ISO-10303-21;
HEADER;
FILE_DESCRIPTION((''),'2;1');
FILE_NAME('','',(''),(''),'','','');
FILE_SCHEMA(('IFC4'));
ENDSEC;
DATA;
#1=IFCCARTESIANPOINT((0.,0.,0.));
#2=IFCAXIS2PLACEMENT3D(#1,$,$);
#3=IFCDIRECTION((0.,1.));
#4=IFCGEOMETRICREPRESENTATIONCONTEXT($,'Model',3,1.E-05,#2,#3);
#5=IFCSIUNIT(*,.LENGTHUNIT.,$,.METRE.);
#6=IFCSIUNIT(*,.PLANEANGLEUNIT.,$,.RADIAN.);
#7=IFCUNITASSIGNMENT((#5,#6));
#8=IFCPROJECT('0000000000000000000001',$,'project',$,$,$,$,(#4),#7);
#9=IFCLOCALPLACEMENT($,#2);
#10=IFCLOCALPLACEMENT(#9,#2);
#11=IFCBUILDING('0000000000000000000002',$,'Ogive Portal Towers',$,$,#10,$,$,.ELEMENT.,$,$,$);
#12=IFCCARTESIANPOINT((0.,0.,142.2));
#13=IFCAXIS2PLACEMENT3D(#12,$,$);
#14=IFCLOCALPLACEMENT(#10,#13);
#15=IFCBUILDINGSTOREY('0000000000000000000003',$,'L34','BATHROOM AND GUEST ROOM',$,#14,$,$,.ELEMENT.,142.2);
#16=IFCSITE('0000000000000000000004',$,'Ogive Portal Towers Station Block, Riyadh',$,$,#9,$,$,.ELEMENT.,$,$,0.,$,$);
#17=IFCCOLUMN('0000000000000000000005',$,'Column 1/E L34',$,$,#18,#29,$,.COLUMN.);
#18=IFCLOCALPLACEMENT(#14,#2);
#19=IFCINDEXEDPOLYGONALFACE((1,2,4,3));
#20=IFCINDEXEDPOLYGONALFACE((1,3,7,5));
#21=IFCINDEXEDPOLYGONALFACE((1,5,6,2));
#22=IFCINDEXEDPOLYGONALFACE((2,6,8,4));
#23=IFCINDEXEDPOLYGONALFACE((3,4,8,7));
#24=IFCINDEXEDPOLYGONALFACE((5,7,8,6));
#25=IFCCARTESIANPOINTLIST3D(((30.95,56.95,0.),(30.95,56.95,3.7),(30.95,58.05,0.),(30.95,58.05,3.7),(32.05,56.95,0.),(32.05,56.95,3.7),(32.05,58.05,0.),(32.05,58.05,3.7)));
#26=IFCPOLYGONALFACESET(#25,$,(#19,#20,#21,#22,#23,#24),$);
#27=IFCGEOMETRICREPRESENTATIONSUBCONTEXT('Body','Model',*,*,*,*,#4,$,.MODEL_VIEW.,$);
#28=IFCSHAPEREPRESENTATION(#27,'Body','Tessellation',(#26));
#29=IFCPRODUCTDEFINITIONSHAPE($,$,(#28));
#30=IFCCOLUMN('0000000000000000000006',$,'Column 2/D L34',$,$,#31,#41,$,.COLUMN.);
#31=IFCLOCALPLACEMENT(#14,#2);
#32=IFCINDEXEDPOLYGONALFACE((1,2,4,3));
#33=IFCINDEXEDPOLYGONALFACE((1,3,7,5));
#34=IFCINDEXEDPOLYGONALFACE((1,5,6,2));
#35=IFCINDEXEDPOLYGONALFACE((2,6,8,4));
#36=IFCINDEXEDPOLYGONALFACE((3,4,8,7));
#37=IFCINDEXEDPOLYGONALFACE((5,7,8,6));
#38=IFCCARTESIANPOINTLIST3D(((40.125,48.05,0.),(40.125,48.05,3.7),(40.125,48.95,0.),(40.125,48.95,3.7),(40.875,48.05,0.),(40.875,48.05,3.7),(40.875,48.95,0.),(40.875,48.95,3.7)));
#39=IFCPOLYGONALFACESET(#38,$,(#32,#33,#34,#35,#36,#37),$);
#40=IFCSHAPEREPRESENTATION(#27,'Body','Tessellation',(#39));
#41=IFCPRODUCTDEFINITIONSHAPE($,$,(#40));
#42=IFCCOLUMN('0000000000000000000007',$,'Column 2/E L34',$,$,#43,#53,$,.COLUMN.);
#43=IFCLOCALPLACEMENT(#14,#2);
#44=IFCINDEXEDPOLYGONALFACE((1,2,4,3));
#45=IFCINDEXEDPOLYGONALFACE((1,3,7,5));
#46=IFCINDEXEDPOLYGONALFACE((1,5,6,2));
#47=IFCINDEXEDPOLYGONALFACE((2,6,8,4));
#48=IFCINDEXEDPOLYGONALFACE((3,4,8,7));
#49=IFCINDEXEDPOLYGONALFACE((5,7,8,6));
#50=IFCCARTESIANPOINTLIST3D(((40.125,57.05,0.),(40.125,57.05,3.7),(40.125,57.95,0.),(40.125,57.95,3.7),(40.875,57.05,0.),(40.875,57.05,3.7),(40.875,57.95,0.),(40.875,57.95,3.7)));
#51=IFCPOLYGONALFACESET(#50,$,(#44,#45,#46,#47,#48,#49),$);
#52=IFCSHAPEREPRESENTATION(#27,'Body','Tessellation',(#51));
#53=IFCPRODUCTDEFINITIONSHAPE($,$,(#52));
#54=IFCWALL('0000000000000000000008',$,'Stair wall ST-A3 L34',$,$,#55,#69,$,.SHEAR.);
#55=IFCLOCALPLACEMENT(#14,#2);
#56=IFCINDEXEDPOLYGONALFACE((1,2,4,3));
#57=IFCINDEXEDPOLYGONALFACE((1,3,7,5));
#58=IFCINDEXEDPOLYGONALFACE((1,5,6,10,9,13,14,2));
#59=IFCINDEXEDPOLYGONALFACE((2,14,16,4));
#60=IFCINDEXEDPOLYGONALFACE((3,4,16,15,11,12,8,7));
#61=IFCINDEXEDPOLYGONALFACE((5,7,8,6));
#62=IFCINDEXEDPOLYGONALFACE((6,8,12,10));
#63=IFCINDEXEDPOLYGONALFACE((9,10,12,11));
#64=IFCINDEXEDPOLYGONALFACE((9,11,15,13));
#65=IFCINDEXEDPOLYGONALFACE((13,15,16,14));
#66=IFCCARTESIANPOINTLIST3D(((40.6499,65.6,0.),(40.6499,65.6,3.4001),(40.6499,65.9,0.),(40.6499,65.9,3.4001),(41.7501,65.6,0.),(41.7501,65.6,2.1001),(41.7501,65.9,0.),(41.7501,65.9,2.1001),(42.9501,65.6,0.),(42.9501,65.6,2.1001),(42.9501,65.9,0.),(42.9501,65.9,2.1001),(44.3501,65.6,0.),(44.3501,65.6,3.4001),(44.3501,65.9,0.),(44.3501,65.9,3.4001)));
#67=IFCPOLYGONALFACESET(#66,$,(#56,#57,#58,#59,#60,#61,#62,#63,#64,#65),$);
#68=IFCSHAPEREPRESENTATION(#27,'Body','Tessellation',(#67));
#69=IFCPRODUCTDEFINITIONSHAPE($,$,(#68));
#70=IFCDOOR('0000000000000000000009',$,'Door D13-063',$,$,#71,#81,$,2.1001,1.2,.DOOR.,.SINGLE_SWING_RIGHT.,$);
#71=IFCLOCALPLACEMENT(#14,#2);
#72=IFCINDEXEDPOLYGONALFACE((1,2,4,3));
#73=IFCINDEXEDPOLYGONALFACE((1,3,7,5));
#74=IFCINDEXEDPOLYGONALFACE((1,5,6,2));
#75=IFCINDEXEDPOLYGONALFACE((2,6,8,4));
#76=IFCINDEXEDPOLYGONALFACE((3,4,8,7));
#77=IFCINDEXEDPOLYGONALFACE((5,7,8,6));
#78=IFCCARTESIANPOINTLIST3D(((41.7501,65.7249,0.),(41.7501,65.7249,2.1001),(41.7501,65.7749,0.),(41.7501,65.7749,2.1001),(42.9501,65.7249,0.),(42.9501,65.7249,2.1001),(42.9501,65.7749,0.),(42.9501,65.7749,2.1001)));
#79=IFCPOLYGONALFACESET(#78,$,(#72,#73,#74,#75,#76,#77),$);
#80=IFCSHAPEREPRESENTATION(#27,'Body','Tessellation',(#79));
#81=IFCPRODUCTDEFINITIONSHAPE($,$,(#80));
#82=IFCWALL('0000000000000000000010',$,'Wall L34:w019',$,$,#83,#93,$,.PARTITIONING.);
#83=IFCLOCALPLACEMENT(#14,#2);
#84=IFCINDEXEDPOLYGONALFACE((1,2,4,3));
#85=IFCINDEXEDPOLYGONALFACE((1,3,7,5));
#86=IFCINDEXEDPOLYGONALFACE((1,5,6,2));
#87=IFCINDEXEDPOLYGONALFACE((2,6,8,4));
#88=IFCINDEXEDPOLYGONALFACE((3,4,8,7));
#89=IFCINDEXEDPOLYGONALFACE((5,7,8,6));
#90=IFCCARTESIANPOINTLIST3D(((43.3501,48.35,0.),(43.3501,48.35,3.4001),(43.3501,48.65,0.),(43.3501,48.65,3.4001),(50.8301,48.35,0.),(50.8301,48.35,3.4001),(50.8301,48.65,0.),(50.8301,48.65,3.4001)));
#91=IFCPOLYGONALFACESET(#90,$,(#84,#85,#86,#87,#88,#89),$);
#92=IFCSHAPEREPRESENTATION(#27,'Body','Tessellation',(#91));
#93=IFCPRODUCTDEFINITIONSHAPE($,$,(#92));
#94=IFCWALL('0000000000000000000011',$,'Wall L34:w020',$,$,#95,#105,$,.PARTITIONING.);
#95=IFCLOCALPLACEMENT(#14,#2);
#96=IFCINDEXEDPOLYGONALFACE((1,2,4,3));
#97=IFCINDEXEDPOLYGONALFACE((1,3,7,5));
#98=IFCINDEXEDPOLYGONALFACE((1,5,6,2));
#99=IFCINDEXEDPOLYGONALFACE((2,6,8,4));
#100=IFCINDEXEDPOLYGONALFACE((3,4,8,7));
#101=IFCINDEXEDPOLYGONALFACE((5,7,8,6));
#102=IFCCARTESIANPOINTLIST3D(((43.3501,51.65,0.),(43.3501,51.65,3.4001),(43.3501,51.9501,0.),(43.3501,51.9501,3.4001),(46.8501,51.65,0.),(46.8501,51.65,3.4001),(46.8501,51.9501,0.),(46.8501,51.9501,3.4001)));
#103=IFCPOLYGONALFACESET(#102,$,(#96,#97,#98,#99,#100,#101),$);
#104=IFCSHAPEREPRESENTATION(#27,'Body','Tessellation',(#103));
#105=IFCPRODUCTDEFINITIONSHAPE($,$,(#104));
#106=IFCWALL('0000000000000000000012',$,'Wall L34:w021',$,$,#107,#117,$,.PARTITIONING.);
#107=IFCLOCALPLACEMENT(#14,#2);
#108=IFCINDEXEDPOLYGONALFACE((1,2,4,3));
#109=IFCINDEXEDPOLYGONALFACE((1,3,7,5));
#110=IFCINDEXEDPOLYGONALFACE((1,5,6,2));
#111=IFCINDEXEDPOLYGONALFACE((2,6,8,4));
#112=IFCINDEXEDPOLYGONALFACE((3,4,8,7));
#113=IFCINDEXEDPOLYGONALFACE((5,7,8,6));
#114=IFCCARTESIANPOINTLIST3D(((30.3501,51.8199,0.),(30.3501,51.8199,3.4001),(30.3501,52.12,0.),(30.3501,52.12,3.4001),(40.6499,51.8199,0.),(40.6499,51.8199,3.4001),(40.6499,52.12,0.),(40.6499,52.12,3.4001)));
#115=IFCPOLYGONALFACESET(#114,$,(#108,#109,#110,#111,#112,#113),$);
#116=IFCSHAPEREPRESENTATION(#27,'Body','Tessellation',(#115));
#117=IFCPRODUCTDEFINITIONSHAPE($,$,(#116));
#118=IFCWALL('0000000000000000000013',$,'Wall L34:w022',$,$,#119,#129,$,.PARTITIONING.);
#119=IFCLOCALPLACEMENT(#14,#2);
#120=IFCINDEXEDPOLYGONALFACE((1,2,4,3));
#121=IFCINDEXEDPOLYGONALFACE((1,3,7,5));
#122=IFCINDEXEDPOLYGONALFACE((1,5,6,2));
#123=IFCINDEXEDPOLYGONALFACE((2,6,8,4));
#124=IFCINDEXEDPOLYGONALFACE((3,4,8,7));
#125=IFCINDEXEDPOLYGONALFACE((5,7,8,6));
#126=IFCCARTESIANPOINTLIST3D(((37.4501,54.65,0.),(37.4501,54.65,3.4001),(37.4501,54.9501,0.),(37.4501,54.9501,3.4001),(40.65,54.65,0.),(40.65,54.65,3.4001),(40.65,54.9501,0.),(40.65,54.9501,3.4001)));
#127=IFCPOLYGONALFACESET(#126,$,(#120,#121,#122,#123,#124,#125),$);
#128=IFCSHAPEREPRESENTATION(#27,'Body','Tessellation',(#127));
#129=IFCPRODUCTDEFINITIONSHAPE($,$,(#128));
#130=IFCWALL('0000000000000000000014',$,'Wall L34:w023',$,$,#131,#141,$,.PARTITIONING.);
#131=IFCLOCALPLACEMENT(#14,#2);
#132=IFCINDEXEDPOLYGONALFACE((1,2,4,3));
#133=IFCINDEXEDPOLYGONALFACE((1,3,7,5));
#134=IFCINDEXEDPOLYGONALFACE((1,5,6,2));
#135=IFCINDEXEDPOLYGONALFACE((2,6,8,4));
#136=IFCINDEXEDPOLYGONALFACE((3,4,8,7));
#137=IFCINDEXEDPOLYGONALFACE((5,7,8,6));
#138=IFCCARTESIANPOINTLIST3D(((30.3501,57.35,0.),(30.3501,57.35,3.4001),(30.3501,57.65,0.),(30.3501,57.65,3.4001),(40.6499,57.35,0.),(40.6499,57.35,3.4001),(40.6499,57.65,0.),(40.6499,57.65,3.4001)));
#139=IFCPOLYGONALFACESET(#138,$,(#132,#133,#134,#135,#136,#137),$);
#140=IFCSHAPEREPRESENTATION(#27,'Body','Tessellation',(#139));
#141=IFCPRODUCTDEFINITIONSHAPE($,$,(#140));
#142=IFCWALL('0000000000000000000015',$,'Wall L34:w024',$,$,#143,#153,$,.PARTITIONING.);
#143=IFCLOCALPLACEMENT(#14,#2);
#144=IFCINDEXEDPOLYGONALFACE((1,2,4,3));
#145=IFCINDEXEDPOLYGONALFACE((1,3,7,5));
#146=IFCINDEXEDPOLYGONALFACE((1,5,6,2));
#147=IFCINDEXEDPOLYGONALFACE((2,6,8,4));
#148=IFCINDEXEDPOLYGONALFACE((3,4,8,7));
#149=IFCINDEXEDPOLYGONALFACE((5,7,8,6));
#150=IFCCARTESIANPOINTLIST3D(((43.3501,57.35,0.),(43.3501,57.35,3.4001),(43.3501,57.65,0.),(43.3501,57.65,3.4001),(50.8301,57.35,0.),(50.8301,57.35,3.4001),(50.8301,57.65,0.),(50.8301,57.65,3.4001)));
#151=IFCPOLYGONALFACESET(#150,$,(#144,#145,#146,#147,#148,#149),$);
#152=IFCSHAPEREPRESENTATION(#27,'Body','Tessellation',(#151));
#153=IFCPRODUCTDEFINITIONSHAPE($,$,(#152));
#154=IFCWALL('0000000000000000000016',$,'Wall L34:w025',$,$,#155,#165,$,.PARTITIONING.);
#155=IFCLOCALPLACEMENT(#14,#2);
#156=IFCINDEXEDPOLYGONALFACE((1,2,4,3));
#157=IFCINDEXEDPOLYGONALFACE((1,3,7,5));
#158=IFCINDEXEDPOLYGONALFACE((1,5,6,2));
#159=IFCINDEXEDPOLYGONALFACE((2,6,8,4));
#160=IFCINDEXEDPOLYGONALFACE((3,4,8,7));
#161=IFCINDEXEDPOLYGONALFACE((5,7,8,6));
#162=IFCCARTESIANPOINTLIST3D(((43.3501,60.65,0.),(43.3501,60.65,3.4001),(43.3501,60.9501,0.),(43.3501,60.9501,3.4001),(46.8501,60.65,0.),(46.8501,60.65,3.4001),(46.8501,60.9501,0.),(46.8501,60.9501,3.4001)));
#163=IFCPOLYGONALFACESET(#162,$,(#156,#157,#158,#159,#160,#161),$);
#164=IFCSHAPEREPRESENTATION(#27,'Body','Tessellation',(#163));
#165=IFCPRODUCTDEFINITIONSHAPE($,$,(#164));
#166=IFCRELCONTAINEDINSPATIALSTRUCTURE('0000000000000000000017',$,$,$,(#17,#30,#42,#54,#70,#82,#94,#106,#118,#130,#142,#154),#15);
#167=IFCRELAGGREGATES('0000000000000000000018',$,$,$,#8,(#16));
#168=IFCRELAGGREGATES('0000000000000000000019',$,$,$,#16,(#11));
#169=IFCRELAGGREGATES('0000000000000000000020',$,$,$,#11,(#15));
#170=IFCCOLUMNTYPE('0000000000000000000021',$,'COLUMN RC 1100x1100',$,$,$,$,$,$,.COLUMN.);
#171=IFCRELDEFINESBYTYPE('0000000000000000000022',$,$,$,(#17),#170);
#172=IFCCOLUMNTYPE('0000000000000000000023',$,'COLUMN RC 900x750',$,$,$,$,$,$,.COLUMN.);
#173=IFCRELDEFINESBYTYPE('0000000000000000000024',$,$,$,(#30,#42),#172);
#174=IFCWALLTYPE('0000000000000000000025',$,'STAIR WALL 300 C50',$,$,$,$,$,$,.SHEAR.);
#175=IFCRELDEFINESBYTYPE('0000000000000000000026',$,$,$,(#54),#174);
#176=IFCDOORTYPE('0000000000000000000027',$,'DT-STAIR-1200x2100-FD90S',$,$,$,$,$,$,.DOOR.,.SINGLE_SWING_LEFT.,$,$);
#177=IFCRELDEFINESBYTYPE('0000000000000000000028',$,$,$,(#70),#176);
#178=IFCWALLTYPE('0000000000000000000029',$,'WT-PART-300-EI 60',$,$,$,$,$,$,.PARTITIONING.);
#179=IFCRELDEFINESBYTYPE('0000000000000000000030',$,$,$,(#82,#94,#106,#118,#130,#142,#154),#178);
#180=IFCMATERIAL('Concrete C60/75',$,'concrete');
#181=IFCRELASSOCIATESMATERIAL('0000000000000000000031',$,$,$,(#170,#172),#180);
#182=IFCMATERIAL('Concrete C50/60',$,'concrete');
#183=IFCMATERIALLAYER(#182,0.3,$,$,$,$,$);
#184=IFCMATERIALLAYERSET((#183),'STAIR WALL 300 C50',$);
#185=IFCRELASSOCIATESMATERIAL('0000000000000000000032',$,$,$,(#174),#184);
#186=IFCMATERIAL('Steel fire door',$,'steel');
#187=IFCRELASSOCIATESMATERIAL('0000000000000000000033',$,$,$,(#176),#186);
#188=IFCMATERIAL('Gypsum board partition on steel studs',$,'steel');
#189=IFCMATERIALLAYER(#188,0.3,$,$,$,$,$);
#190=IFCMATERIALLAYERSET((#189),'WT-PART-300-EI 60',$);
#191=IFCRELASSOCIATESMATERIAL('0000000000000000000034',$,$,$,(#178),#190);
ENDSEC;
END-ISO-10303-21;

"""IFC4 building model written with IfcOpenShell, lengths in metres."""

from ifc_helpers import new_model, si_unit, direction, frame, frame_2d, origin, origin_2d, place, context, subcontext, project, spatial, rectangle, extrude, material, layer, layer_set, material_profile, profile_set, type_object, element, fill, save


model = new_model("IFC4")

# Units and contexts
model_context = context("Model", 3, precision=1e-05, world=origin(), true_north=direction((0.0, 1.0)))
body_context = subcontext(model_context, "Body", "Model", "MODEL_VIEW")
ifc_project = project(units=[si_unit("LENGTHUNIT", "METRE"), si_unit("PLANEANGLEUNIT", "RADIAN")], contexts=[model_context])

# Site, building, storey
site_placement = place(None, origin())
site = spatial("IfcSite", under=ifc_project, at=site_placement, Name="Ogive Portal Towers Station Block, Riyadh", CompositionType="ELEMENT", RefElevation=0.0)
building_placement = place(site_placement, origin())
building = spatial("IfcBuilding", under=site, at=building_placement, Name="Ogive Portal Towers", CompositionType="ELEMENT")
storey_placement = place(building_placement, frame((0.0, 0.0, 142.2)))
storey = spatial("IfcBuildingStorey", under=building, at=storey_placement, Name="L34", Description="BATHROOM AND GUEST ROOM", CompositionType="ELEMENT", Elevation=142.2)

# Columns
ifc_material_1 = material(Name="Concrete C60/75", Category="concrete")
ifc_material_profile_1 = material_profile(ifc_material_1, rectangle(XDim=1.1001, YDim=1.1001, at=origin_2d()), Name="RC 1100x1100")
ifc_profile_set_1 = profile_set([ifc_material_profile_1], Name="Concrete C60/75")
column_type_1 = type_object("IfcColumnType", Name="COLUMN RC 1100x1100", PredefinedType="COLUMN", material=ifc_profile_set_1)
column_placement = place(storey_placement, frame((31.5, 57.5, 0.0), z_axis=(0.0, 0.0, 1.0), x_axis=(1.0, 0.0, 0.0)))
element("IfcColumn", 1, at=column_placement, inside=storey, type_object=column_type_1, Name="Column 1/E L34", PredefinedType="COLUMN", context=body_context, shape_type="SweptSolid", body=[
    extrude(rectangle(XDim=1.1001, YDim=1.1001, at=origin_2d()), origin(), (0.0, 0.0, 1.0), 3.7),
])
ifc_material_profile_2 = material_profile(ifc_material_1, rectangle(XDim=0.8999, YDim=0.75, at=origin_2d()), Name="RC 900x750")
ifc_profile_set_2 = profile_set([ifc_material_profile_2], Name="Concrete C60/75")
column_type_2 = type_object("IfcColumnType", Name="COLUMN RC 900x750", PredefinedType="COLUMN", material=ifc_profile_set_2)
for number, where, z_axis, x_axis, name in (
    (2, (40.5, 48.5, 0.0), (0.0, 0.0, 1.0), (0.0, 1.0, 0.0), "Column 2/D L34"),
    (3, (40.5, 57.5, 0.0), (0.0, 0.0, 1.0), (0.0, 1.0, 0.0), "Column 2/E L34"),
):
    element("IfcColumn", number, at=place(storey_placement, frame(where, z_axis=z_axis, x_axis=x_axis)), inside=storey, type_object=column_type_2, Name=name, PredefinedType="COLUMN", context=body_context, shape_type="SweptSolid", body=[
        extrude(rectangle(XDim=0.8999, YDim=0.75, at=origin_2d()), origin(), (0.0, 0.0, 1.0), 3.7),
    ])

# Wall, opening, door
ifc_material_2 = material(Name="Concrete C50/60", Category="concrete")
ifc_layer_1 = layer(ifc_material_2, 0.3)
ifc_layer_set_1 = layer_set([ifc_layer_1], Name="STAIR WALL 300 C50")
wall_type_1 = type_object("IfcWallType", Name="STAIR WALL 300 C50", PredefinedType="SHEAR", material=ifc_layer_set_1)
wall_1_placement = place(storey_placement, frame((40.6499, 65.75, 0.0), z_axis=(0.0, 0.0, 1.0), x_axis=(1.0, 0.0, 0.0)))
wall_1 = element("IfcWall", 4, at=wall_1_placement, inside=storey, type_object=wall_type_1, Name="Stair wall ST-A3 L34", PredefinedType="SHEAR", context=body_context, shape_type="SweptSolid", body=[
    extrude(rectangle(XDim=3.7002, YDim=0.3, at=frame_2d((1.8501, 0.0))), origin(), (0.0, 0.0, 1.0), 3.4001),
])
opening_1_placement = place(wall_1_placement, frame((1.1001, 0.0, 0.0)))
opening_1 = element("IfcOpeningElement", 5, at=opening_1_placement, cuts=wall_1, PredefinedType="OPENING", context=body_context, shape_type="SweptSolid", body=[
    extrude(rectangle(XDim=1.2, YDim=2.1001, at=frame_2d((0.6001, 1.05))), frame((0.0, 0.1602, 0.0), z_axis=(0.0, -1.0, 0.0), x_axis=(1.0, 0.0, 0.0)), (0.0, 0.0, 1.0), 0.3201),
])
ifc_material_3 = material(Name="Steel fire door", Category="steel")
door_type_1 = type_object("IfcDoorType", Name="DT-STAIR-1200x2100-FD90S", OperationType="SINGLE_SWING_LEFT", PredefinedType="DOOR", material=ifc_material_3)
door_1_placement = place(opening_1_placement, origin())
door_1 = element("IfcDoor", 6, at=door_1_placement, inside=storey, type_object=door_type_1, Name="Door D13-063", OperationType="SINGLE_SWING_RIGHT", OverallHeight=2.1001, OverallWidth=1.2, PredefinedType="DOOR", context=body_context, shape_type="SweptSolid", body=[
    extrude(rectangle(XDim=1.2, YDim=2.1001, at=frame_2d((0.6001, 1.05))), frame((0.0, 0.0249, 0.0), z_axis=(0.0, -1.0, 0.0), x_axis=(1.0, 0.0, 0.0)), (0.0, 0.0, 1.0), 0.05),
])
fill(opening_1, door_1)

# Walls
ifc_material_4 = material(Name="Gypsum board partition on steel studs", Category="steel")
ifc_layer_2 = layer(ifc_material_4, 0.3)
ifc_layer_set_2 = layer_set([ifc_layer_2], Name="WT-PART-300-EI 60")
wall_type_2 = type_object("IfcWallType", Name="WT-PART-300-EI 60", PredefinedType="PARTITIONING", material=ifc_layer_set_2)
wall_2_placement = place(storey_placement, frame((43.3501, 48.5, 0.0), z_axis=(0.0, 0.0, 1.0), x_axis=(1.0, 0.0, 0.0)))
element("IfcWall", 7, at=wall_2_placement, inside=storey, type_object=wall_type_2, Name="Wall L34:w019", PredefinedType="PARTITIONING", context=body_context, shape_type="SweptSolid", body=[
    extrude(rectangle(XDim=7.48, YDim=0.3, at=frame_2d((3.74, 0.0))), origin(), (0.0, 0.0, 1.0), 3.4001),
])
wall_3_placement = place(storey_placement, frame((43.3501, 51.8, 0.0), z_axis=(0.0, 0.0, 1.0), x_axis=(1.0, 0.0, 0.0)))
element("IfcWall", 8, at=wall_3_placement, inside=storey, type_object=wall_type_2, Name="Wall L34:w020", PredefinedType="PARTITIONING", context=body_context, shape_type="SweptSolid", body=[
    extrude(rectangle(XDim=3.5, YDim=0.3, at=frame_2d((1.75, 0.0))), origin(), (0.0, 0.0, 1.0), 3.4001),
])
wall_4_placement = place(storey_placement, frame((30.3501, 51.97, 0.0), z_axis=(0.0, 0.0, 1.0), x_axis=(1.0, 0.0, 0.0)))
element("IfcWall", 9, at=wall_4_placement, inside=storey, type_object=wall_type_2, Name="Wall L34:w021", PredefinedType="PARTITIONING", context=body_context, shape_type="SweptSolid", body=[
    extrude(rectangle(XDim=10.2998, YDim=0.3, at=frame_2d((5.1499, 0.0))), origin(), (0.0, 0.0, 1.0), 3.4001),
])
wall_5_placement = place(storey_placement, frame((37.45, 54.8, 0.0), z_axis=(0.0, 0.0, 1.0), x_axis=(1.0, 0.0, 0.0)))
element("IfcWall", 10, at=wall_5_placement, inside=storey, type_object=wall_type_2, Name="Wall L34:w022", PredefinedType="PARTITIONING", context=body_context, shape_type="SweptSolid", body=[
    extrude(rectangle(XDim=3.2, YDim=0.3, at=frame_2d((1.6001, 0.0))), origin(), (0.0, 0.0, 1.0), 3.4001),
])
wall_6_placement = place(storey_placement, frame((30.3501, 57.5, 0.0), z_axis=(0.0, 0.0, 1.0), x_axis=(1.0, 0.0, 0.0)))
element("IfcWall", 11, at=wall_6_placement, inside=storey, type_object=wall_type_2, Name="Wall L34:w023", PredefinedType="PARTITIONING", context=body_context, shape_type="SweptSolid", body=[
    extrude(rectangle(XDim=10.2998, YDim=0.3, at=frame_2d((5.1499, 0.0))), origin(), (0.0, 0.0, 1.0), 3.4001),
])
wall_7_placement = place(storey_placement, frame((43.3501, 57.5, 0.0), z_axis=(0.0, 0.0, 1.0), x_axis=(1.0, 0.0, 0.0)))
element("IfcWall", 12, at=wall_7_placement, inside=storey, type_object=wall_type_2, Name="Wall L34:w024", PredefinedType="PARTITIONING", context=body_context, shape_type="SweptSolid", body=[
    extrude(rectangle(XDim=7.48, YDim=0.3, at=frame_2d((3.74, 0.0))), origin(), (0.0, 0.0, 1.0), 3.4001),
])
wall_8_placement = place(storey_placement, frame((43.3501, 60.8, 0.0), z_axis=(0.0, 0.0, 1.0), x_axis=(1.0, 0.0, 0.0)))
element("IfcWall", 13, at=wall_8_placement, inside=storey, type_object=wall_type_2, Name="Wall L34:w025", PredefinedType="PARTITIONING", context=body_context, shape_type="SweptSolid", body=[
    extrude(rectangle(XDim=3.5, YDim=0.3, at=frame_2d((1.75, 0.0))), origin(), (0.0, 0.0, 1.0), 3.4001),
])

save(model, "model.ifc")
